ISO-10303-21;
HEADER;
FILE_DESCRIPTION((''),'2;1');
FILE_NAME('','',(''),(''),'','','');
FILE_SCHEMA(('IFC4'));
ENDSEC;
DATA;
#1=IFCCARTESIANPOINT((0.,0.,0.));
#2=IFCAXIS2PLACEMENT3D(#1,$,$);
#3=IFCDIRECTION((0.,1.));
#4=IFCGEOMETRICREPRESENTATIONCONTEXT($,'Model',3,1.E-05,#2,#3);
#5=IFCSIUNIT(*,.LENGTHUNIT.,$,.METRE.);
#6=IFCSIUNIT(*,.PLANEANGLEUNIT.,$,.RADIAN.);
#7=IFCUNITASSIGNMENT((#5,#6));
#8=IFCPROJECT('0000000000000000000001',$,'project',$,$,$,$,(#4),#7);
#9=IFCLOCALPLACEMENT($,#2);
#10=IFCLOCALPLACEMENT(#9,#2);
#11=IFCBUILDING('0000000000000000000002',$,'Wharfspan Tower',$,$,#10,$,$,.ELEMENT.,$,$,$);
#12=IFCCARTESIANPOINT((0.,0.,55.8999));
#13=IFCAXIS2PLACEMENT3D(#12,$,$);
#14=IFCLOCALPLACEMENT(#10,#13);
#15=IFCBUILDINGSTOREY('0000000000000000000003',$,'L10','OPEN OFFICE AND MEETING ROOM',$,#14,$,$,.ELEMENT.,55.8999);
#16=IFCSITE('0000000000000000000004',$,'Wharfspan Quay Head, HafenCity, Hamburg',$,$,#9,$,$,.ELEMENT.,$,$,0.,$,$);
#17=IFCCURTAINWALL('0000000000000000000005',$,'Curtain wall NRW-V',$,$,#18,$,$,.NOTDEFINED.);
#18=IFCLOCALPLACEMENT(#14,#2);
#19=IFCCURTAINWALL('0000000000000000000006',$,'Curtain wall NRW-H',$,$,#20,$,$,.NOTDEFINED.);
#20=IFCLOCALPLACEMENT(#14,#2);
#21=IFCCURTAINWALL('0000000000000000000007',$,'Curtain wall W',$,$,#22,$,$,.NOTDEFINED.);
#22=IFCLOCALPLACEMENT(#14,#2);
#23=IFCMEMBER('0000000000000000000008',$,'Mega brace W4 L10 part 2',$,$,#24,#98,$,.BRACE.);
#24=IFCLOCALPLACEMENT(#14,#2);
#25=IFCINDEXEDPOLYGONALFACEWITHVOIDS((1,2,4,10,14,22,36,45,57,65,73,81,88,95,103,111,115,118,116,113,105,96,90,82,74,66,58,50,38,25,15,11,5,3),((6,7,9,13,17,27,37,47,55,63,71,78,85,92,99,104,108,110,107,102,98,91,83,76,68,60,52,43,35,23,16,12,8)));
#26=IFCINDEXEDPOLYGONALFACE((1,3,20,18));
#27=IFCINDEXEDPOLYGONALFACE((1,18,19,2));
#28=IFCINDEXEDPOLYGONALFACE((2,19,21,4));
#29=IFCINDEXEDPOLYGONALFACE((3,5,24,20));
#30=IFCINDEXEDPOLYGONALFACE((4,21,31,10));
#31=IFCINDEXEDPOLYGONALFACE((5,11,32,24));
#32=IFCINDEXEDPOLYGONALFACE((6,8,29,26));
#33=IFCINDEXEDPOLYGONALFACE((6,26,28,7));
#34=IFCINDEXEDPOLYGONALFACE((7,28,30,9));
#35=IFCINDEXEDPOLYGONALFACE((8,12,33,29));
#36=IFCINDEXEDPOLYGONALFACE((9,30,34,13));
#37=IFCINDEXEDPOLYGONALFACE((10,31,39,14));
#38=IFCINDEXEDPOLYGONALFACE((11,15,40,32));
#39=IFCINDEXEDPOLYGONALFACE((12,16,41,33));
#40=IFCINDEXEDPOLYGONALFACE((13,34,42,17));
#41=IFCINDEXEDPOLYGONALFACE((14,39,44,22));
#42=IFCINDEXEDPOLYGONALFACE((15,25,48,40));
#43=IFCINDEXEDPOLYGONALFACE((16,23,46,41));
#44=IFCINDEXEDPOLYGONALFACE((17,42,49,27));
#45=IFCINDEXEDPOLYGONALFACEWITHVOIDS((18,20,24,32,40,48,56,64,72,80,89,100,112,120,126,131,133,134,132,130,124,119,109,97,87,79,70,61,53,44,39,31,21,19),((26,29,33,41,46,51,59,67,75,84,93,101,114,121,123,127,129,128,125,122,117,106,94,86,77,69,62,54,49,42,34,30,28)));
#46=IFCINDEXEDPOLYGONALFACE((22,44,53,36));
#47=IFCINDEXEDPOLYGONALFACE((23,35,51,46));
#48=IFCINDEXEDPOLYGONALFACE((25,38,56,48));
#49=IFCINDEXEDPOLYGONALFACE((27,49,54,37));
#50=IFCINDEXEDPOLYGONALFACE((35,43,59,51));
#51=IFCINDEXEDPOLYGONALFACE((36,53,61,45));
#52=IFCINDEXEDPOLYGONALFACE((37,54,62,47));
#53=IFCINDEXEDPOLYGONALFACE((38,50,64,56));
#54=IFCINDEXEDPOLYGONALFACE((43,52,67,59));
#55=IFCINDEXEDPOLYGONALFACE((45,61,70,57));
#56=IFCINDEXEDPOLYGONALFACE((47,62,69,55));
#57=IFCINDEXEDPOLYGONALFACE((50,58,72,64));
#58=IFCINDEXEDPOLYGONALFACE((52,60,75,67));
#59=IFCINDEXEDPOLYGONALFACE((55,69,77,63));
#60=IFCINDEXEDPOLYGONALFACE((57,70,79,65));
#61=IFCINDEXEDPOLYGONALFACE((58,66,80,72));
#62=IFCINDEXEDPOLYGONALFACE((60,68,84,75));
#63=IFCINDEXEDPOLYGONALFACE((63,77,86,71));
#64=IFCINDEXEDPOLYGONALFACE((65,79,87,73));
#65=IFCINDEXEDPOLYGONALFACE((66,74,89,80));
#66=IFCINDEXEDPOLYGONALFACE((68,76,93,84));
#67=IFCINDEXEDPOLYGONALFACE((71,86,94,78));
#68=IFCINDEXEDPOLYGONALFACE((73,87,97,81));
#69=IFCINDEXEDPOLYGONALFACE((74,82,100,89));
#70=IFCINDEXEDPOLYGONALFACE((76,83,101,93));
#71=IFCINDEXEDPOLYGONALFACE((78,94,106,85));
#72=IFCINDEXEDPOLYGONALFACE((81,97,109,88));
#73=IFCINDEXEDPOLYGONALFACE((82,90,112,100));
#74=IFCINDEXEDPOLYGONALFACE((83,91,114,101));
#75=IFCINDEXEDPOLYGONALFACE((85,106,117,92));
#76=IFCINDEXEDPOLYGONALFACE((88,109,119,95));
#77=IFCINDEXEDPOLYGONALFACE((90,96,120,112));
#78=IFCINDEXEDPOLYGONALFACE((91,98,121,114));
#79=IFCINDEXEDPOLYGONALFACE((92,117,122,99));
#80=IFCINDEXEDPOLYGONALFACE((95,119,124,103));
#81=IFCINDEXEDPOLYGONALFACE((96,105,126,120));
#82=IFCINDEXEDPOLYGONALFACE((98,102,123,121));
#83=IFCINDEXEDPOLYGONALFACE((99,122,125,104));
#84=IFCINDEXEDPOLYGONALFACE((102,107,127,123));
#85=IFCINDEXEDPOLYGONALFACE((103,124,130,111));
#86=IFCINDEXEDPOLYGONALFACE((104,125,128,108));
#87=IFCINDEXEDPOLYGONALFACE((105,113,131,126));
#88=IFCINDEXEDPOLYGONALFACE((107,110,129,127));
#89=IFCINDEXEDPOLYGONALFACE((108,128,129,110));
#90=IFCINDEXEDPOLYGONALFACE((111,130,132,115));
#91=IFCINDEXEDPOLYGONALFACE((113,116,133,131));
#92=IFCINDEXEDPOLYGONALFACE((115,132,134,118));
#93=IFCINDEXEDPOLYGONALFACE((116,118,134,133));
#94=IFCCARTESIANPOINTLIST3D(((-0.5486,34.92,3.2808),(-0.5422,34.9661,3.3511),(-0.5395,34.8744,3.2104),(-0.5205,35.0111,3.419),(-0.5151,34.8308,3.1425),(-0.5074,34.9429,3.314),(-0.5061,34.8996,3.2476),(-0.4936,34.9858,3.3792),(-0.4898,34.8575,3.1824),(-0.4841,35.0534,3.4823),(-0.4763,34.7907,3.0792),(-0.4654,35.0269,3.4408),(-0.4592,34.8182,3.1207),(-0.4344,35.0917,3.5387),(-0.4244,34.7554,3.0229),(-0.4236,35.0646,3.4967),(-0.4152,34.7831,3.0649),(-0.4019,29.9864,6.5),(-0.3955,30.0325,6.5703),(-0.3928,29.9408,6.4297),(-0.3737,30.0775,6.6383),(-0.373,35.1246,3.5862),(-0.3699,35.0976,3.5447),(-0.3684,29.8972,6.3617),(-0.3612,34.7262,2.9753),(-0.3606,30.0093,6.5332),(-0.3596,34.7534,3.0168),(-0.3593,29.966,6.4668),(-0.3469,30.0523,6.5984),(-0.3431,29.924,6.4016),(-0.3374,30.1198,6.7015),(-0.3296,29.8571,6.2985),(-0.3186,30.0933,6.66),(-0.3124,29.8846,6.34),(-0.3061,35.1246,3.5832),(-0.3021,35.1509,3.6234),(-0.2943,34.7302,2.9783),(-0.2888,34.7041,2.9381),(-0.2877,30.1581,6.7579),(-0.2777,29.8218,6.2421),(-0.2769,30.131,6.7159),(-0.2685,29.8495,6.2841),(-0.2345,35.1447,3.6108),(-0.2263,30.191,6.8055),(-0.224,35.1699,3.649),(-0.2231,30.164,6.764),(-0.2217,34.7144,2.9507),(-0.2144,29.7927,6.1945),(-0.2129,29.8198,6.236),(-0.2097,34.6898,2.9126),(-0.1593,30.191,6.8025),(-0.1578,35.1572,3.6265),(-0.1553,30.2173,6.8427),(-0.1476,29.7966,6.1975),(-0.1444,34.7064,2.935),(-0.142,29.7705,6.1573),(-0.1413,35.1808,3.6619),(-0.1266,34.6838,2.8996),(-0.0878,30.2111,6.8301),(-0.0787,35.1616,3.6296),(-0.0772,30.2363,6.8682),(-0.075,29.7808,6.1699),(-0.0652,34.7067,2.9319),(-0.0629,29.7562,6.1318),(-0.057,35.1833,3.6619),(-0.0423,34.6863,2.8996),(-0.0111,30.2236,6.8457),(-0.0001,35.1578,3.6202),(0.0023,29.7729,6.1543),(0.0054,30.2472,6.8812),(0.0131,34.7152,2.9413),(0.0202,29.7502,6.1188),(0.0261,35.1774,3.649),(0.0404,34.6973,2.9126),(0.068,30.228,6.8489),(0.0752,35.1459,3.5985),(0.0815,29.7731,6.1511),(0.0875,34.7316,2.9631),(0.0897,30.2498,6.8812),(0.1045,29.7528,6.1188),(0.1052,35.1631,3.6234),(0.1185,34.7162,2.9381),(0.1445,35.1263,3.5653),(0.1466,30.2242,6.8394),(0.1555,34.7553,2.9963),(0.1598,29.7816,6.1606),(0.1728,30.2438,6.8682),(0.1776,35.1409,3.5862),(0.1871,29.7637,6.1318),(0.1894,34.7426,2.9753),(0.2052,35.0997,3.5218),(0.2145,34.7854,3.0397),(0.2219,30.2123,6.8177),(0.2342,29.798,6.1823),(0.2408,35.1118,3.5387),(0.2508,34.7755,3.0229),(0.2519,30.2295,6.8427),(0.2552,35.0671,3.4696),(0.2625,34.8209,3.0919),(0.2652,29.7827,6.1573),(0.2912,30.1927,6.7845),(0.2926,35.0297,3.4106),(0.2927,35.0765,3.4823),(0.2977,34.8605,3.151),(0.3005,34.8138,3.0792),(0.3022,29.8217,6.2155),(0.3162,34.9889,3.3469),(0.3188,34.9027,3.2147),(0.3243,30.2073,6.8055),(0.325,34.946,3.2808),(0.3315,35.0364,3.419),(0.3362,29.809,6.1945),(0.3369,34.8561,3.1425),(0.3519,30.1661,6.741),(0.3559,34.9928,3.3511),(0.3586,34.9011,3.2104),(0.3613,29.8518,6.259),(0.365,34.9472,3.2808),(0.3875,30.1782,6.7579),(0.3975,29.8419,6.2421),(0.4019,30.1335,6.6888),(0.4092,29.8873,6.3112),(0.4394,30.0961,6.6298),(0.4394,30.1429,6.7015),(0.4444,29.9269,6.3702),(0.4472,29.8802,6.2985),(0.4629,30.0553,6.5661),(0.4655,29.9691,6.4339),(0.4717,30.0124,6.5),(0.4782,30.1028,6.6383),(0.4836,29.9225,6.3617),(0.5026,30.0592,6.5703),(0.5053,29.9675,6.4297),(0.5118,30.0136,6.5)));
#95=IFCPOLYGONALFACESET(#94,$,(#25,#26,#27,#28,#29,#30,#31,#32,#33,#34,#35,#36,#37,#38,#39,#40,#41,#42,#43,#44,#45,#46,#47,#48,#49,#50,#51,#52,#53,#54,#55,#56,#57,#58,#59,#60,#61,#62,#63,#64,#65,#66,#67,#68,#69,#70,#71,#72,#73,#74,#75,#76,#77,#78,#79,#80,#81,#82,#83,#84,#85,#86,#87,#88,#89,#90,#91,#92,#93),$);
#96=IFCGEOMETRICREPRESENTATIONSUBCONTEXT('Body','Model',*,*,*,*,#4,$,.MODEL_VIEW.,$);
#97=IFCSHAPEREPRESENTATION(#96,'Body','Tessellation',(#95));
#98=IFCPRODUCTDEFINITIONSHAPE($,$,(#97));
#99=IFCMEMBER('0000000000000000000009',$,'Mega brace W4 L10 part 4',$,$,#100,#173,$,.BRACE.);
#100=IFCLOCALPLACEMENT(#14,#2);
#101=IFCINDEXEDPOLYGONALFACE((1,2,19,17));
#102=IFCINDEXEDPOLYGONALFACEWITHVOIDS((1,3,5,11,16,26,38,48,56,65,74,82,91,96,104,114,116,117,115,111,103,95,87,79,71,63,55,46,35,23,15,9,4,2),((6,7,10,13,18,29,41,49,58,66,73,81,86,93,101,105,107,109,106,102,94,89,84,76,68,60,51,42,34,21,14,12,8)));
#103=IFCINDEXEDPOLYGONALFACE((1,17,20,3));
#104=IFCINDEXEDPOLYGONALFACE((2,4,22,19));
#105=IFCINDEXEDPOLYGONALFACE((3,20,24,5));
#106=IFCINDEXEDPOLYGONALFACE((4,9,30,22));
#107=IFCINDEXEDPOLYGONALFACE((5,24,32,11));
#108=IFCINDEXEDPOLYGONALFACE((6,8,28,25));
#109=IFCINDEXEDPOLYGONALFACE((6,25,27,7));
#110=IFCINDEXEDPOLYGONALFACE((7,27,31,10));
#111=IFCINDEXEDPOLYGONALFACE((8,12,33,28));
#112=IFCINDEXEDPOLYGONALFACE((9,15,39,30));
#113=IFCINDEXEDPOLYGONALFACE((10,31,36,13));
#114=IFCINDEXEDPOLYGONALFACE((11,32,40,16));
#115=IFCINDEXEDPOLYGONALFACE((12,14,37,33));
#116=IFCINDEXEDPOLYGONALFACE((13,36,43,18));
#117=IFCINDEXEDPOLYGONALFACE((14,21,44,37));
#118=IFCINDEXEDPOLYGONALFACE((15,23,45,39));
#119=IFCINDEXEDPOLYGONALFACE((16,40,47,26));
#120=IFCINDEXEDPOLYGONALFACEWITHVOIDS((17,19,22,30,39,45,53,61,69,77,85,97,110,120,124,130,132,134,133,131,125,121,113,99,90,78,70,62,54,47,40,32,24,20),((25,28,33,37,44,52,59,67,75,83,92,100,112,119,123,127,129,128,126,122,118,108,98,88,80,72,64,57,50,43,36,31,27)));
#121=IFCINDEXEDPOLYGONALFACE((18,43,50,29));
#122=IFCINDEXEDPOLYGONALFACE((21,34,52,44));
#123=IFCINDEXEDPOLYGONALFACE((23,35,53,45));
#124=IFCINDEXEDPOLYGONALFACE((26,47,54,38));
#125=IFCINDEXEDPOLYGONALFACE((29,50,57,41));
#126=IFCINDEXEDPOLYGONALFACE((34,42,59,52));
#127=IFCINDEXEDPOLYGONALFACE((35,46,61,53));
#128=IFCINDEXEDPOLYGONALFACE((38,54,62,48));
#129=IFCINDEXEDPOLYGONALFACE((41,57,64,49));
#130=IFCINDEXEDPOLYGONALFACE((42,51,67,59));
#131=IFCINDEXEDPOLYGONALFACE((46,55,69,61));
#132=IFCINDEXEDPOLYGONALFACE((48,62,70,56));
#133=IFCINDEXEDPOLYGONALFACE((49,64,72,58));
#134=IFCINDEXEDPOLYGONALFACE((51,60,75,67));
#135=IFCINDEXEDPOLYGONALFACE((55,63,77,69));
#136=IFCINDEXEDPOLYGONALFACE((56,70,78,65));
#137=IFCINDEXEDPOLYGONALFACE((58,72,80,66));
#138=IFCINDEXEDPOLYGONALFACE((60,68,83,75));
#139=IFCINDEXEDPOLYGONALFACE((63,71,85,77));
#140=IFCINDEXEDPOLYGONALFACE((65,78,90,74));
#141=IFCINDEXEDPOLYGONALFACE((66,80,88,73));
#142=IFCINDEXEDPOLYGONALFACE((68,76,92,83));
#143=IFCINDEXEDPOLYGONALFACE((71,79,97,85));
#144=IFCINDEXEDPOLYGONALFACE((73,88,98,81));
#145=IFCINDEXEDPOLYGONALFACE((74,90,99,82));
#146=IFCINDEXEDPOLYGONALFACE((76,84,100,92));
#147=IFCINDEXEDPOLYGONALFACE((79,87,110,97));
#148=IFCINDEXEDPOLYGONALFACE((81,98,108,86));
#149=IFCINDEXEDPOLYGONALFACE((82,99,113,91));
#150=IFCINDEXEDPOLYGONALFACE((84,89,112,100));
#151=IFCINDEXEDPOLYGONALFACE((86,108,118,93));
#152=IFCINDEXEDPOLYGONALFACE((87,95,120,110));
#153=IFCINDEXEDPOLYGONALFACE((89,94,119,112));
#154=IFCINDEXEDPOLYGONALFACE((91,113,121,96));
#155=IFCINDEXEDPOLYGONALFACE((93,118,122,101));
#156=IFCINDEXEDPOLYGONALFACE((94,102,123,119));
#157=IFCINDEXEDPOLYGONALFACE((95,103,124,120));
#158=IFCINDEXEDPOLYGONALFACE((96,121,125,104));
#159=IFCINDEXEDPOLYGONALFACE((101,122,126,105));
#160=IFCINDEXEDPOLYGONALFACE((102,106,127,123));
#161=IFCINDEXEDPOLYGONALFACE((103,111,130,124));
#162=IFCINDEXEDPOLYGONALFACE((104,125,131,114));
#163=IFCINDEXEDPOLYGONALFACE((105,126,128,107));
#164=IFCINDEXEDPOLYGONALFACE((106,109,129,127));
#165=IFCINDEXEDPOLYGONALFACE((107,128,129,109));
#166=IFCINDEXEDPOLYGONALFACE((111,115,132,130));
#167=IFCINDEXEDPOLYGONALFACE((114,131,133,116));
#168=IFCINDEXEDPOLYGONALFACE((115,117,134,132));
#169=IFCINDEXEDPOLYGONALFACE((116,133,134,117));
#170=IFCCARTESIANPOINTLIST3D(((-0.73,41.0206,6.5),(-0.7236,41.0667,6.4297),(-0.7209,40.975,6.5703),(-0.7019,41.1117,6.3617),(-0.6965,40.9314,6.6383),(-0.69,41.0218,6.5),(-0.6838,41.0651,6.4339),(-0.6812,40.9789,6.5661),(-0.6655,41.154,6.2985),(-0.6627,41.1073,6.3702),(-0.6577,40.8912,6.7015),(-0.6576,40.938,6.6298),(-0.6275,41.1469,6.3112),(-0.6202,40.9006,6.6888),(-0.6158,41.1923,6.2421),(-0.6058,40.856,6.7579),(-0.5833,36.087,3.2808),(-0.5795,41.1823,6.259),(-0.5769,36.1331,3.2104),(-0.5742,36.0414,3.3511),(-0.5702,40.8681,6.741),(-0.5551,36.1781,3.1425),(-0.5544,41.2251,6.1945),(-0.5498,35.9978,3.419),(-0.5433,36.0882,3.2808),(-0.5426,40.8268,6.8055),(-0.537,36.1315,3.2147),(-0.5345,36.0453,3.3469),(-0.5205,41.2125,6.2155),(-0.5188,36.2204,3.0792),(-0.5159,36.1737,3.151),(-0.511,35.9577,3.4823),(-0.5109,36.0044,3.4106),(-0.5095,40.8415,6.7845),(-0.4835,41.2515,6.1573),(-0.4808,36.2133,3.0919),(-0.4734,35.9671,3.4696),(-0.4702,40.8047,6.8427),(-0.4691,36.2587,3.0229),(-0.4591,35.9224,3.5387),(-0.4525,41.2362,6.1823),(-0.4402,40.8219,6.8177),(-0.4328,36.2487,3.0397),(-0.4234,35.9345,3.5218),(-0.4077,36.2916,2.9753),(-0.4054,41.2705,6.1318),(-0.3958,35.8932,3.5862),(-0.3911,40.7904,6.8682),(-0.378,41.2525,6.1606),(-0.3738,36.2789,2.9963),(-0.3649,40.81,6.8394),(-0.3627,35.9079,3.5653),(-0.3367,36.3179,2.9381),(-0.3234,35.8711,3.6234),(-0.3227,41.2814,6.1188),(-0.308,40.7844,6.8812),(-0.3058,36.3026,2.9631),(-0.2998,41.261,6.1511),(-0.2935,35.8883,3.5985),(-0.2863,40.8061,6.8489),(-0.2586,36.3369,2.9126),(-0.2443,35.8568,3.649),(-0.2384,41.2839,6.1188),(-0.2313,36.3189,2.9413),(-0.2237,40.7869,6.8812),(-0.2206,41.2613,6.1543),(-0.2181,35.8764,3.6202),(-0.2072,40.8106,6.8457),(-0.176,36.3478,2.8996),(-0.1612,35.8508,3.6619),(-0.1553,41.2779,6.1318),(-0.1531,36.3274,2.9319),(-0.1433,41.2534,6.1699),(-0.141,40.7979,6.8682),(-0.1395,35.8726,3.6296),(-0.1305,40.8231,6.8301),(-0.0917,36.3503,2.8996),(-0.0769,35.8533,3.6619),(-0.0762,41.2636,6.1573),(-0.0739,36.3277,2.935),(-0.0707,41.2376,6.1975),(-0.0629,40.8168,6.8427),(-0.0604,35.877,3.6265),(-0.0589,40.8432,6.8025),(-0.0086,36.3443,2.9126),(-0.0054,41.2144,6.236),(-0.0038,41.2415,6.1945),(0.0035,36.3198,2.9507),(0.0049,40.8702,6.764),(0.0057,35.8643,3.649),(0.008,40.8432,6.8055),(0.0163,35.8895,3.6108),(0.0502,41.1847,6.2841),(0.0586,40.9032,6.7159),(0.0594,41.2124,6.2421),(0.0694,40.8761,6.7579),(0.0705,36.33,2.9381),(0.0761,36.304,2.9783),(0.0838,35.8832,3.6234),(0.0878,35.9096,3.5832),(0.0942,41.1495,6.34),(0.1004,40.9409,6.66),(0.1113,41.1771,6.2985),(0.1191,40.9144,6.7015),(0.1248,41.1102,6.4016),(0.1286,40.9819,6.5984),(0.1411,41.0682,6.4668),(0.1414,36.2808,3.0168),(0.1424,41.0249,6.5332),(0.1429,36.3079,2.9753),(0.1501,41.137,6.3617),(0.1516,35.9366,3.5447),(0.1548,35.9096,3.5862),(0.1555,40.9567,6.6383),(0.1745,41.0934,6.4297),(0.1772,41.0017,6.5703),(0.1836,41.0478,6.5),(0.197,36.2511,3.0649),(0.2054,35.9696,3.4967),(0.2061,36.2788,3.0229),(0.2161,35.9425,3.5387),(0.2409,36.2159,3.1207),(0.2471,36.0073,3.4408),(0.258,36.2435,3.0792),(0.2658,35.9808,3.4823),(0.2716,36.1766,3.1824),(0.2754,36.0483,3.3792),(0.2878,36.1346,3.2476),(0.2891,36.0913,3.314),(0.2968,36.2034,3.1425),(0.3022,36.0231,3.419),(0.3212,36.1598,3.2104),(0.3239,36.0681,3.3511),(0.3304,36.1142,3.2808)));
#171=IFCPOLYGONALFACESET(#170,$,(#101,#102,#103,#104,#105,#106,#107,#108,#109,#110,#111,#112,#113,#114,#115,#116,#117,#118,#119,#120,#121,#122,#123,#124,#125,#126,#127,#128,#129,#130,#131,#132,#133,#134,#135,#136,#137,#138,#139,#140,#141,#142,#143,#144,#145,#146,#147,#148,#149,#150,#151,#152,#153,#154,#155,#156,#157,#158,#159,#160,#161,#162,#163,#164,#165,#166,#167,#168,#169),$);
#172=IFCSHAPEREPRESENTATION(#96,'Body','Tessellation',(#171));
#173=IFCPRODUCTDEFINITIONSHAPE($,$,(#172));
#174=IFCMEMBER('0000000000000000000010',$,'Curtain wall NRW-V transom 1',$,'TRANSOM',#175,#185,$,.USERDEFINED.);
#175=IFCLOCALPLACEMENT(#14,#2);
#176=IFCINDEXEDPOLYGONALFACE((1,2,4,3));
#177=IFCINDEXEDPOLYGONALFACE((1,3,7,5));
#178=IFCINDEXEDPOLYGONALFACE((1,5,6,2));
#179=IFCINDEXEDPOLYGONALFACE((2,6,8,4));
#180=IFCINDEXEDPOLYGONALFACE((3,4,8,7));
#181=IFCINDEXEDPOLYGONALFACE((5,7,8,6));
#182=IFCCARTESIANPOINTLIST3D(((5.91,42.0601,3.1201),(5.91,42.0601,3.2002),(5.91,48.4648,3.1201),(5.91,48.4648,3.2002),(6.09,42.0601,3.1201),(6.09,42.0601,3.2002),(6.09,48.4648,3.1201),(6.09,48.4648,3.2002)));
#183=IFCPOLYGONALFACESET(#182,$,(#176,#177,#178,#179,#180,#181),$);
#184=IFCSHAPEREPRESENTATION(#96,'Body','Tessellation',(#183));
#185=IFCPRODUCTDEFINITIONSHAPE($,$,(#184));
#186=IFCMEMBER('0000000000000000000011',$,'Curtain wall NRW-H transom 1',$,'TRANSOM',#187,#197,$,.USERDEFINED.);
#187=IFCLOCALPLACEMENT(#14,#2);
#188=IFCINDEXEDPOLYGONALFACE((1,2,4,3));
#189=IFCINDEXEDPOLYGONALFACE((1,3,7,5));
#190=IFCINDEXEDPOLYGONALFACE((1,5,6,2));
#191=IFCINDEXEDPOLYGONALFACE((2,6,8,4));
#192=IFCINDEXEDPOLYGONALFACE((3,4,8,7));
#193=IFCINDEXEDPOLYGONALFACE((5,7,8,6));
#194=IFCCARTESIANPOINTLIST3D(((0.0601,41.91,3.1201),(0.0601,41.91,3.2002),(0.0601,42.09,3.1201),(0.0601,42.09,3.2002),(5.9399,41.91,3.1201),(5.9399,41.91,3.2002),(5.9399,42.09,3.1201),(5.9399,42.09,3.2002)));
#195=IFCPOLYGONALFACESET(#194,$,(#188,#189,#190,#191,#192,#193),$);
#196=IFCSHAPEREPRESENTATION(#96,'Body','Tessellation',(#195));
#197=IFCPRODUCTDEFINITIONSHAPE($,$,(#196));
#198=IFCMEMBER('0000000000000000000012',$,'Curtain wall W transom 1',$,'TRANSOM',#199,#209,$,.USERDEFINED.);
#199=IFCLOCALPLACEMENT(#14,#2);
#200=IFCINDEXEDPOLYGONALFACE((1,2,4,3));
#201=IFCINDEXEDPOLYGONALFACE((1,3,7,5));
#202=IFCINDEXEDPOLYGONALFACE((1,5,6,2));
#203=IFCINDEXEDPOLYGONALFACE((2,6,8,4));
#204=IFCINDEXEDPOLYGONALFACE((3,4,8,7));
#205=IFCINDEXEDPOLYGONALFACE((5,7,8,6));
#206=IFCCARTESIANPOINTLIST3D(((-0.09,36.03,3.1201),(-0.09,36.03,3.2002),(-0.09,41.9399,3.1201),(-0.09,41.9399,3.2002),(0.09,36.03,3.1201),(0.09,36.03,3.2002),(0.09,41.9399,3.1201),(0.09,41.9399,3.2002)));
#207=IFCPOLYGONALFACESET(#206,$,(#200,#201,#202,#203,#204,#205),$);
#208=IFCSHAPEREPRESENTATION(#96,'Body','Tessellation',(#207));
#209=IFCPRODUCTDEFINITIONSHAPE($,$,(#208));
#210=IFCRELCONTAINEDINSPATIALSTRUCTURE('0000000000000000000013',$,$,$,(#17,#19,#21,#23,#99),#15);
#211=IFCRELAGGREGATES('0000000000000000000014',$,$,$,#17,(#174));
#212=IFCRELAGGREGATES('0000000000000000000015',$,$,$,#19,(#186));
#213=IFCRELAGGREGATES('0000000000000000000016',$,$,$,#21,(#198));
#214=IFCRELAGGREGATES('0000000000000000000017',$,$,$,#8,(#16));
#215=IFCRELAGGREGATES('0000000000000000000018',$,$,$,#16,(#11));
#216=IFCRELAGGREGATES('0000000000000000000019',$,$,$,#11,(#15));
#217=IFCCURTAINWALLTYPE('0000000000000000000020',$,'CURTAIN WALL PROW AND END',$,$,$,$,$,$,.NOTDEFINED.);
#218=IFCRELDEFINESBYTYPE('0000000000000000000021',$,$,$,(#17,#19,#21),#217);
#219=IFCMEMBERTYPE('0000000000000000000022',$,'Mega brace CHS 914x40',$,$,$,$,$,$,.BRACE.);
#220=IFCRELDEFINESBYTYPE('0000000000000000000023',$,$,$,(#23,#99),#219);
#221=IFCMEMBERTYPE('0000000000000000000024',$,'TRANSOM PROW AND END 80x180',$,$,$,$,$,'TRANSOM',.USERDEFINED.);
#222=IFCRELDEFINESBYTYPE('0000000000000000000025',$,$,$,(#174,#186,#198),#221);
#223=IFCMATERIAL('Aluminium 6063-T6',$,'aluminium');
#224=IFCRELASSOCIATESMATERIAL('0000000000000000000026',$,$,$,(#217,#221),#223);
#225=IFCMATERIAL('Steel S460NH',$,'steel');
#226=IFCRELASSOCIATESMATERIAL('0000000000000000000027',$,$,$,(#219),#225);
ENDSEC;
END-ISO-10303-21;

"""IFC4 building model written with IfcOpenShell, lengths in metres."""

from ifc_helpers import new_model, si_unit, direction, frame, origin, origin_2d, place, context, subcontext, project, spatial, rectangle, hollow_circle, extrude, material, material_profile, profile_set, type_object, element, aggregate, save


model = new_model("IFC4")

# Units and contexts
model_context = context("Model", 3, precision=1e-05, world=origin(), true_north=direction((0.0, 1.0)))
body_context = subcontext(model_context, "Body", "Model", "MODEL_VIEW")
ifc_project = project(units=[si_unit("LENGTHUNIT", "METRE"), si_unit("PLANEANGLEUNIT", "RADIAN")], contexts=[model_context])

# Site, building, storey
site_placement = place(None, origin())
site = spatial("IfcSite", under=ifc_project, at=site_placement, Name="Wharfspan Quay Head, HafenCity, Hamburg", CompositionType="ELEMENT", RefElevation=0.0)
building_placement = place(site_placement, origin())
building = spatial("IfcBuilding", under=site, at=building_placement, Name="Wharfspan Tower", CompositionType="ELEMENT")
storey_placement = place(building_placement, frame((0.0, 0.0, 55.8999)))
storey = spatial("IfcBuildingStorey", under=building, at=storey_placement, Name="L10", Description="OPEN OFFICE AND MEETING ROOM", CompositionType="ELEMENT", Elevation=55.8999)

# Curtain walls
ifc_material_1 = material(Name="Aluminium 6063-T6", Category="aluminium")
curtain_wall_type = type_object("IfcCurtainWallType", Name="CURTAIN WALL PROW AND END", PredefinedType="NOTDEFINED", material=ifc_material_1)
curtain_wall_1_placement = place(storey_placement, origin())
curtain_wall_1 = element("IfcCurtainWall", 1, at=curtain_wall_1_placement, inside=storey, type_object=curtain_wall_type, Name="Curtain wall NRW-V", PredefinedType="NOTDEFINED")
curtain_wall_2_placement = place(storey_placement, origin())
curtain_wall_2 = element("IfcCurtainWall", 2, at=curtain_wall_2_placement, inside=storey, type_object=curtain_wall_type, Name="Curtain wall NRW-H", PredefinedType="NOTDEFINED")
curtain_wall_3_placement = place(storey_placement, origin())
curtain_wall_3 = element("IfcCurtainWall", 3, at=curtain_wall_3_placement, inside=storey, type_object=curtain_wall_type, Name="Curtain wall W", PredefinedType="NOTDEFINED")

# Members
ifc_material_2 = material(Name="Steel S460NH", Category="steel")
ifc_material_profile_1 = material_profile(ifc_material_2, hollow_circle(Radius=0.457, WallThickness=0.04, at=origin_2d()))
ifc_profile_set_1 = profile_set([ifc_material_profile_1], Name="Steel S460NH")
member_type_1 = type_object("IfcMemberType", Name="Mega brace CHS 914x40", PredefinedType="BRACE", material=ifc_profile_set_1)
for number, where, z_axis, x_axis, name in (
    (4, (-0.0918, 34.9336, 3.2808), (0.0249, -0.837221, 0.546298), (0.999556, 0.02973, 0.000003), "Mega brace W4 L10 part 2"),
    (5, (-0.1265, 36.1006, 3.2808), (-0.0249, 0.837221, 0.546298), (-0.999556, -0.02973, 0.000003), "Mega brace W4 L10 part 4"),
):
    element("IfcMember", number, at=place(storey_placement, frame(where, z_axis=z_axis, x_axis=x_axis)), inside=storey, type_object=member_type_1, Name=name, PredefinedType="BRACE", context=body_context, shape_type="SweptSolid", body=[
        extrude(hollow_circle(Radius=0.457, WallThickness=0.04, at=origin_2d()), origin(), (0.0, 0.0, 1.0), 5.8928),
    ])

# Members
ifc_material_profile_2 = material_profile(ifc_material_1, rectangle(XDim=0.1799, YDim=0.0801, at=origin_2d()))
ifc_profile_set_2 = profile_set([ifc_material_profile_2], Name="Aluminium 6063-T6")
member_type_2 = type_object("IfcMemberType", Name="TRANSOM PROW AND END 80x180", ElementType="TRANSOM", PredefinedType="USERDEFINED", material=ifc_profile_set_2)
member_1_placement = place(storey_placement, frame((6.0, 48.4648, 3.1602), z_axis=(0.0, -1.0, 0.0), x_axis=(1.0, 0.0, 0.0)))
member_1 = element("IfcMember", 6, at=member_1_placement, type_object=member_type_2, Name="Curtain wall NRW-V transom 1", ObjectType="TRANSOM", PredefinedType="USERDEFINED", context=body_context, shape_type="SweptSolid", body=[
    extrude(rectangle(XDim=0.1799, YDim=0.0801, at=origin_2d()), origin(), (0.0, 0.0, 1.0), 6.4048),
])
member_2_placement = place(storey_placement, frame((5.9399, 42.0, 3.1602), z_axis=(-1.0, 0.0, 0.0), x_axis=(0.0, -1.0, 0.0)))
member_2 = element("IfcMember", 7, at=member_2_placement, type_object=member_type_2, Name="Curtain wall NRW-H transom 1", ObjectType="TRANSOM", PredefinedType="USERDEFINED", context=body_context, shape_type="SweptSolid", body=[
    extrude(rectangle(XDim=0.1799, YDim=0.0801, at=origin_2d()), origin(), (0.0, 0.0, 1.0), 5.8799),
])
member_3_placement = place(storey_placement, frame((0.0, 41.9399, 3.1602), z_axis=(0.0, -1.0, 0.0), x_axis=(1.0, 0.0, 0.0)))
member_3 = element("IfcMember", 8, at=member_3_placement, type_object=member_type_2, Name="Curtain wall W transom 1", ObjectType="TRANSOM", PredefinedType="USERDEFINED", context=body_context, shape_type="SweptSolid", body=[
    extrude(rectangle(XDim=0.1799, YDim=0.0801, at=origin_2d()), origin(), (0.0, 0.0, 1.0), 5.9099),
])

aggregate(curtain_wall_1, [member_1])
aggregate(curtain_wall_2, [member_2])
aggregate(curtain_wall_3, [member_3])

save(model, "model.ifc")
